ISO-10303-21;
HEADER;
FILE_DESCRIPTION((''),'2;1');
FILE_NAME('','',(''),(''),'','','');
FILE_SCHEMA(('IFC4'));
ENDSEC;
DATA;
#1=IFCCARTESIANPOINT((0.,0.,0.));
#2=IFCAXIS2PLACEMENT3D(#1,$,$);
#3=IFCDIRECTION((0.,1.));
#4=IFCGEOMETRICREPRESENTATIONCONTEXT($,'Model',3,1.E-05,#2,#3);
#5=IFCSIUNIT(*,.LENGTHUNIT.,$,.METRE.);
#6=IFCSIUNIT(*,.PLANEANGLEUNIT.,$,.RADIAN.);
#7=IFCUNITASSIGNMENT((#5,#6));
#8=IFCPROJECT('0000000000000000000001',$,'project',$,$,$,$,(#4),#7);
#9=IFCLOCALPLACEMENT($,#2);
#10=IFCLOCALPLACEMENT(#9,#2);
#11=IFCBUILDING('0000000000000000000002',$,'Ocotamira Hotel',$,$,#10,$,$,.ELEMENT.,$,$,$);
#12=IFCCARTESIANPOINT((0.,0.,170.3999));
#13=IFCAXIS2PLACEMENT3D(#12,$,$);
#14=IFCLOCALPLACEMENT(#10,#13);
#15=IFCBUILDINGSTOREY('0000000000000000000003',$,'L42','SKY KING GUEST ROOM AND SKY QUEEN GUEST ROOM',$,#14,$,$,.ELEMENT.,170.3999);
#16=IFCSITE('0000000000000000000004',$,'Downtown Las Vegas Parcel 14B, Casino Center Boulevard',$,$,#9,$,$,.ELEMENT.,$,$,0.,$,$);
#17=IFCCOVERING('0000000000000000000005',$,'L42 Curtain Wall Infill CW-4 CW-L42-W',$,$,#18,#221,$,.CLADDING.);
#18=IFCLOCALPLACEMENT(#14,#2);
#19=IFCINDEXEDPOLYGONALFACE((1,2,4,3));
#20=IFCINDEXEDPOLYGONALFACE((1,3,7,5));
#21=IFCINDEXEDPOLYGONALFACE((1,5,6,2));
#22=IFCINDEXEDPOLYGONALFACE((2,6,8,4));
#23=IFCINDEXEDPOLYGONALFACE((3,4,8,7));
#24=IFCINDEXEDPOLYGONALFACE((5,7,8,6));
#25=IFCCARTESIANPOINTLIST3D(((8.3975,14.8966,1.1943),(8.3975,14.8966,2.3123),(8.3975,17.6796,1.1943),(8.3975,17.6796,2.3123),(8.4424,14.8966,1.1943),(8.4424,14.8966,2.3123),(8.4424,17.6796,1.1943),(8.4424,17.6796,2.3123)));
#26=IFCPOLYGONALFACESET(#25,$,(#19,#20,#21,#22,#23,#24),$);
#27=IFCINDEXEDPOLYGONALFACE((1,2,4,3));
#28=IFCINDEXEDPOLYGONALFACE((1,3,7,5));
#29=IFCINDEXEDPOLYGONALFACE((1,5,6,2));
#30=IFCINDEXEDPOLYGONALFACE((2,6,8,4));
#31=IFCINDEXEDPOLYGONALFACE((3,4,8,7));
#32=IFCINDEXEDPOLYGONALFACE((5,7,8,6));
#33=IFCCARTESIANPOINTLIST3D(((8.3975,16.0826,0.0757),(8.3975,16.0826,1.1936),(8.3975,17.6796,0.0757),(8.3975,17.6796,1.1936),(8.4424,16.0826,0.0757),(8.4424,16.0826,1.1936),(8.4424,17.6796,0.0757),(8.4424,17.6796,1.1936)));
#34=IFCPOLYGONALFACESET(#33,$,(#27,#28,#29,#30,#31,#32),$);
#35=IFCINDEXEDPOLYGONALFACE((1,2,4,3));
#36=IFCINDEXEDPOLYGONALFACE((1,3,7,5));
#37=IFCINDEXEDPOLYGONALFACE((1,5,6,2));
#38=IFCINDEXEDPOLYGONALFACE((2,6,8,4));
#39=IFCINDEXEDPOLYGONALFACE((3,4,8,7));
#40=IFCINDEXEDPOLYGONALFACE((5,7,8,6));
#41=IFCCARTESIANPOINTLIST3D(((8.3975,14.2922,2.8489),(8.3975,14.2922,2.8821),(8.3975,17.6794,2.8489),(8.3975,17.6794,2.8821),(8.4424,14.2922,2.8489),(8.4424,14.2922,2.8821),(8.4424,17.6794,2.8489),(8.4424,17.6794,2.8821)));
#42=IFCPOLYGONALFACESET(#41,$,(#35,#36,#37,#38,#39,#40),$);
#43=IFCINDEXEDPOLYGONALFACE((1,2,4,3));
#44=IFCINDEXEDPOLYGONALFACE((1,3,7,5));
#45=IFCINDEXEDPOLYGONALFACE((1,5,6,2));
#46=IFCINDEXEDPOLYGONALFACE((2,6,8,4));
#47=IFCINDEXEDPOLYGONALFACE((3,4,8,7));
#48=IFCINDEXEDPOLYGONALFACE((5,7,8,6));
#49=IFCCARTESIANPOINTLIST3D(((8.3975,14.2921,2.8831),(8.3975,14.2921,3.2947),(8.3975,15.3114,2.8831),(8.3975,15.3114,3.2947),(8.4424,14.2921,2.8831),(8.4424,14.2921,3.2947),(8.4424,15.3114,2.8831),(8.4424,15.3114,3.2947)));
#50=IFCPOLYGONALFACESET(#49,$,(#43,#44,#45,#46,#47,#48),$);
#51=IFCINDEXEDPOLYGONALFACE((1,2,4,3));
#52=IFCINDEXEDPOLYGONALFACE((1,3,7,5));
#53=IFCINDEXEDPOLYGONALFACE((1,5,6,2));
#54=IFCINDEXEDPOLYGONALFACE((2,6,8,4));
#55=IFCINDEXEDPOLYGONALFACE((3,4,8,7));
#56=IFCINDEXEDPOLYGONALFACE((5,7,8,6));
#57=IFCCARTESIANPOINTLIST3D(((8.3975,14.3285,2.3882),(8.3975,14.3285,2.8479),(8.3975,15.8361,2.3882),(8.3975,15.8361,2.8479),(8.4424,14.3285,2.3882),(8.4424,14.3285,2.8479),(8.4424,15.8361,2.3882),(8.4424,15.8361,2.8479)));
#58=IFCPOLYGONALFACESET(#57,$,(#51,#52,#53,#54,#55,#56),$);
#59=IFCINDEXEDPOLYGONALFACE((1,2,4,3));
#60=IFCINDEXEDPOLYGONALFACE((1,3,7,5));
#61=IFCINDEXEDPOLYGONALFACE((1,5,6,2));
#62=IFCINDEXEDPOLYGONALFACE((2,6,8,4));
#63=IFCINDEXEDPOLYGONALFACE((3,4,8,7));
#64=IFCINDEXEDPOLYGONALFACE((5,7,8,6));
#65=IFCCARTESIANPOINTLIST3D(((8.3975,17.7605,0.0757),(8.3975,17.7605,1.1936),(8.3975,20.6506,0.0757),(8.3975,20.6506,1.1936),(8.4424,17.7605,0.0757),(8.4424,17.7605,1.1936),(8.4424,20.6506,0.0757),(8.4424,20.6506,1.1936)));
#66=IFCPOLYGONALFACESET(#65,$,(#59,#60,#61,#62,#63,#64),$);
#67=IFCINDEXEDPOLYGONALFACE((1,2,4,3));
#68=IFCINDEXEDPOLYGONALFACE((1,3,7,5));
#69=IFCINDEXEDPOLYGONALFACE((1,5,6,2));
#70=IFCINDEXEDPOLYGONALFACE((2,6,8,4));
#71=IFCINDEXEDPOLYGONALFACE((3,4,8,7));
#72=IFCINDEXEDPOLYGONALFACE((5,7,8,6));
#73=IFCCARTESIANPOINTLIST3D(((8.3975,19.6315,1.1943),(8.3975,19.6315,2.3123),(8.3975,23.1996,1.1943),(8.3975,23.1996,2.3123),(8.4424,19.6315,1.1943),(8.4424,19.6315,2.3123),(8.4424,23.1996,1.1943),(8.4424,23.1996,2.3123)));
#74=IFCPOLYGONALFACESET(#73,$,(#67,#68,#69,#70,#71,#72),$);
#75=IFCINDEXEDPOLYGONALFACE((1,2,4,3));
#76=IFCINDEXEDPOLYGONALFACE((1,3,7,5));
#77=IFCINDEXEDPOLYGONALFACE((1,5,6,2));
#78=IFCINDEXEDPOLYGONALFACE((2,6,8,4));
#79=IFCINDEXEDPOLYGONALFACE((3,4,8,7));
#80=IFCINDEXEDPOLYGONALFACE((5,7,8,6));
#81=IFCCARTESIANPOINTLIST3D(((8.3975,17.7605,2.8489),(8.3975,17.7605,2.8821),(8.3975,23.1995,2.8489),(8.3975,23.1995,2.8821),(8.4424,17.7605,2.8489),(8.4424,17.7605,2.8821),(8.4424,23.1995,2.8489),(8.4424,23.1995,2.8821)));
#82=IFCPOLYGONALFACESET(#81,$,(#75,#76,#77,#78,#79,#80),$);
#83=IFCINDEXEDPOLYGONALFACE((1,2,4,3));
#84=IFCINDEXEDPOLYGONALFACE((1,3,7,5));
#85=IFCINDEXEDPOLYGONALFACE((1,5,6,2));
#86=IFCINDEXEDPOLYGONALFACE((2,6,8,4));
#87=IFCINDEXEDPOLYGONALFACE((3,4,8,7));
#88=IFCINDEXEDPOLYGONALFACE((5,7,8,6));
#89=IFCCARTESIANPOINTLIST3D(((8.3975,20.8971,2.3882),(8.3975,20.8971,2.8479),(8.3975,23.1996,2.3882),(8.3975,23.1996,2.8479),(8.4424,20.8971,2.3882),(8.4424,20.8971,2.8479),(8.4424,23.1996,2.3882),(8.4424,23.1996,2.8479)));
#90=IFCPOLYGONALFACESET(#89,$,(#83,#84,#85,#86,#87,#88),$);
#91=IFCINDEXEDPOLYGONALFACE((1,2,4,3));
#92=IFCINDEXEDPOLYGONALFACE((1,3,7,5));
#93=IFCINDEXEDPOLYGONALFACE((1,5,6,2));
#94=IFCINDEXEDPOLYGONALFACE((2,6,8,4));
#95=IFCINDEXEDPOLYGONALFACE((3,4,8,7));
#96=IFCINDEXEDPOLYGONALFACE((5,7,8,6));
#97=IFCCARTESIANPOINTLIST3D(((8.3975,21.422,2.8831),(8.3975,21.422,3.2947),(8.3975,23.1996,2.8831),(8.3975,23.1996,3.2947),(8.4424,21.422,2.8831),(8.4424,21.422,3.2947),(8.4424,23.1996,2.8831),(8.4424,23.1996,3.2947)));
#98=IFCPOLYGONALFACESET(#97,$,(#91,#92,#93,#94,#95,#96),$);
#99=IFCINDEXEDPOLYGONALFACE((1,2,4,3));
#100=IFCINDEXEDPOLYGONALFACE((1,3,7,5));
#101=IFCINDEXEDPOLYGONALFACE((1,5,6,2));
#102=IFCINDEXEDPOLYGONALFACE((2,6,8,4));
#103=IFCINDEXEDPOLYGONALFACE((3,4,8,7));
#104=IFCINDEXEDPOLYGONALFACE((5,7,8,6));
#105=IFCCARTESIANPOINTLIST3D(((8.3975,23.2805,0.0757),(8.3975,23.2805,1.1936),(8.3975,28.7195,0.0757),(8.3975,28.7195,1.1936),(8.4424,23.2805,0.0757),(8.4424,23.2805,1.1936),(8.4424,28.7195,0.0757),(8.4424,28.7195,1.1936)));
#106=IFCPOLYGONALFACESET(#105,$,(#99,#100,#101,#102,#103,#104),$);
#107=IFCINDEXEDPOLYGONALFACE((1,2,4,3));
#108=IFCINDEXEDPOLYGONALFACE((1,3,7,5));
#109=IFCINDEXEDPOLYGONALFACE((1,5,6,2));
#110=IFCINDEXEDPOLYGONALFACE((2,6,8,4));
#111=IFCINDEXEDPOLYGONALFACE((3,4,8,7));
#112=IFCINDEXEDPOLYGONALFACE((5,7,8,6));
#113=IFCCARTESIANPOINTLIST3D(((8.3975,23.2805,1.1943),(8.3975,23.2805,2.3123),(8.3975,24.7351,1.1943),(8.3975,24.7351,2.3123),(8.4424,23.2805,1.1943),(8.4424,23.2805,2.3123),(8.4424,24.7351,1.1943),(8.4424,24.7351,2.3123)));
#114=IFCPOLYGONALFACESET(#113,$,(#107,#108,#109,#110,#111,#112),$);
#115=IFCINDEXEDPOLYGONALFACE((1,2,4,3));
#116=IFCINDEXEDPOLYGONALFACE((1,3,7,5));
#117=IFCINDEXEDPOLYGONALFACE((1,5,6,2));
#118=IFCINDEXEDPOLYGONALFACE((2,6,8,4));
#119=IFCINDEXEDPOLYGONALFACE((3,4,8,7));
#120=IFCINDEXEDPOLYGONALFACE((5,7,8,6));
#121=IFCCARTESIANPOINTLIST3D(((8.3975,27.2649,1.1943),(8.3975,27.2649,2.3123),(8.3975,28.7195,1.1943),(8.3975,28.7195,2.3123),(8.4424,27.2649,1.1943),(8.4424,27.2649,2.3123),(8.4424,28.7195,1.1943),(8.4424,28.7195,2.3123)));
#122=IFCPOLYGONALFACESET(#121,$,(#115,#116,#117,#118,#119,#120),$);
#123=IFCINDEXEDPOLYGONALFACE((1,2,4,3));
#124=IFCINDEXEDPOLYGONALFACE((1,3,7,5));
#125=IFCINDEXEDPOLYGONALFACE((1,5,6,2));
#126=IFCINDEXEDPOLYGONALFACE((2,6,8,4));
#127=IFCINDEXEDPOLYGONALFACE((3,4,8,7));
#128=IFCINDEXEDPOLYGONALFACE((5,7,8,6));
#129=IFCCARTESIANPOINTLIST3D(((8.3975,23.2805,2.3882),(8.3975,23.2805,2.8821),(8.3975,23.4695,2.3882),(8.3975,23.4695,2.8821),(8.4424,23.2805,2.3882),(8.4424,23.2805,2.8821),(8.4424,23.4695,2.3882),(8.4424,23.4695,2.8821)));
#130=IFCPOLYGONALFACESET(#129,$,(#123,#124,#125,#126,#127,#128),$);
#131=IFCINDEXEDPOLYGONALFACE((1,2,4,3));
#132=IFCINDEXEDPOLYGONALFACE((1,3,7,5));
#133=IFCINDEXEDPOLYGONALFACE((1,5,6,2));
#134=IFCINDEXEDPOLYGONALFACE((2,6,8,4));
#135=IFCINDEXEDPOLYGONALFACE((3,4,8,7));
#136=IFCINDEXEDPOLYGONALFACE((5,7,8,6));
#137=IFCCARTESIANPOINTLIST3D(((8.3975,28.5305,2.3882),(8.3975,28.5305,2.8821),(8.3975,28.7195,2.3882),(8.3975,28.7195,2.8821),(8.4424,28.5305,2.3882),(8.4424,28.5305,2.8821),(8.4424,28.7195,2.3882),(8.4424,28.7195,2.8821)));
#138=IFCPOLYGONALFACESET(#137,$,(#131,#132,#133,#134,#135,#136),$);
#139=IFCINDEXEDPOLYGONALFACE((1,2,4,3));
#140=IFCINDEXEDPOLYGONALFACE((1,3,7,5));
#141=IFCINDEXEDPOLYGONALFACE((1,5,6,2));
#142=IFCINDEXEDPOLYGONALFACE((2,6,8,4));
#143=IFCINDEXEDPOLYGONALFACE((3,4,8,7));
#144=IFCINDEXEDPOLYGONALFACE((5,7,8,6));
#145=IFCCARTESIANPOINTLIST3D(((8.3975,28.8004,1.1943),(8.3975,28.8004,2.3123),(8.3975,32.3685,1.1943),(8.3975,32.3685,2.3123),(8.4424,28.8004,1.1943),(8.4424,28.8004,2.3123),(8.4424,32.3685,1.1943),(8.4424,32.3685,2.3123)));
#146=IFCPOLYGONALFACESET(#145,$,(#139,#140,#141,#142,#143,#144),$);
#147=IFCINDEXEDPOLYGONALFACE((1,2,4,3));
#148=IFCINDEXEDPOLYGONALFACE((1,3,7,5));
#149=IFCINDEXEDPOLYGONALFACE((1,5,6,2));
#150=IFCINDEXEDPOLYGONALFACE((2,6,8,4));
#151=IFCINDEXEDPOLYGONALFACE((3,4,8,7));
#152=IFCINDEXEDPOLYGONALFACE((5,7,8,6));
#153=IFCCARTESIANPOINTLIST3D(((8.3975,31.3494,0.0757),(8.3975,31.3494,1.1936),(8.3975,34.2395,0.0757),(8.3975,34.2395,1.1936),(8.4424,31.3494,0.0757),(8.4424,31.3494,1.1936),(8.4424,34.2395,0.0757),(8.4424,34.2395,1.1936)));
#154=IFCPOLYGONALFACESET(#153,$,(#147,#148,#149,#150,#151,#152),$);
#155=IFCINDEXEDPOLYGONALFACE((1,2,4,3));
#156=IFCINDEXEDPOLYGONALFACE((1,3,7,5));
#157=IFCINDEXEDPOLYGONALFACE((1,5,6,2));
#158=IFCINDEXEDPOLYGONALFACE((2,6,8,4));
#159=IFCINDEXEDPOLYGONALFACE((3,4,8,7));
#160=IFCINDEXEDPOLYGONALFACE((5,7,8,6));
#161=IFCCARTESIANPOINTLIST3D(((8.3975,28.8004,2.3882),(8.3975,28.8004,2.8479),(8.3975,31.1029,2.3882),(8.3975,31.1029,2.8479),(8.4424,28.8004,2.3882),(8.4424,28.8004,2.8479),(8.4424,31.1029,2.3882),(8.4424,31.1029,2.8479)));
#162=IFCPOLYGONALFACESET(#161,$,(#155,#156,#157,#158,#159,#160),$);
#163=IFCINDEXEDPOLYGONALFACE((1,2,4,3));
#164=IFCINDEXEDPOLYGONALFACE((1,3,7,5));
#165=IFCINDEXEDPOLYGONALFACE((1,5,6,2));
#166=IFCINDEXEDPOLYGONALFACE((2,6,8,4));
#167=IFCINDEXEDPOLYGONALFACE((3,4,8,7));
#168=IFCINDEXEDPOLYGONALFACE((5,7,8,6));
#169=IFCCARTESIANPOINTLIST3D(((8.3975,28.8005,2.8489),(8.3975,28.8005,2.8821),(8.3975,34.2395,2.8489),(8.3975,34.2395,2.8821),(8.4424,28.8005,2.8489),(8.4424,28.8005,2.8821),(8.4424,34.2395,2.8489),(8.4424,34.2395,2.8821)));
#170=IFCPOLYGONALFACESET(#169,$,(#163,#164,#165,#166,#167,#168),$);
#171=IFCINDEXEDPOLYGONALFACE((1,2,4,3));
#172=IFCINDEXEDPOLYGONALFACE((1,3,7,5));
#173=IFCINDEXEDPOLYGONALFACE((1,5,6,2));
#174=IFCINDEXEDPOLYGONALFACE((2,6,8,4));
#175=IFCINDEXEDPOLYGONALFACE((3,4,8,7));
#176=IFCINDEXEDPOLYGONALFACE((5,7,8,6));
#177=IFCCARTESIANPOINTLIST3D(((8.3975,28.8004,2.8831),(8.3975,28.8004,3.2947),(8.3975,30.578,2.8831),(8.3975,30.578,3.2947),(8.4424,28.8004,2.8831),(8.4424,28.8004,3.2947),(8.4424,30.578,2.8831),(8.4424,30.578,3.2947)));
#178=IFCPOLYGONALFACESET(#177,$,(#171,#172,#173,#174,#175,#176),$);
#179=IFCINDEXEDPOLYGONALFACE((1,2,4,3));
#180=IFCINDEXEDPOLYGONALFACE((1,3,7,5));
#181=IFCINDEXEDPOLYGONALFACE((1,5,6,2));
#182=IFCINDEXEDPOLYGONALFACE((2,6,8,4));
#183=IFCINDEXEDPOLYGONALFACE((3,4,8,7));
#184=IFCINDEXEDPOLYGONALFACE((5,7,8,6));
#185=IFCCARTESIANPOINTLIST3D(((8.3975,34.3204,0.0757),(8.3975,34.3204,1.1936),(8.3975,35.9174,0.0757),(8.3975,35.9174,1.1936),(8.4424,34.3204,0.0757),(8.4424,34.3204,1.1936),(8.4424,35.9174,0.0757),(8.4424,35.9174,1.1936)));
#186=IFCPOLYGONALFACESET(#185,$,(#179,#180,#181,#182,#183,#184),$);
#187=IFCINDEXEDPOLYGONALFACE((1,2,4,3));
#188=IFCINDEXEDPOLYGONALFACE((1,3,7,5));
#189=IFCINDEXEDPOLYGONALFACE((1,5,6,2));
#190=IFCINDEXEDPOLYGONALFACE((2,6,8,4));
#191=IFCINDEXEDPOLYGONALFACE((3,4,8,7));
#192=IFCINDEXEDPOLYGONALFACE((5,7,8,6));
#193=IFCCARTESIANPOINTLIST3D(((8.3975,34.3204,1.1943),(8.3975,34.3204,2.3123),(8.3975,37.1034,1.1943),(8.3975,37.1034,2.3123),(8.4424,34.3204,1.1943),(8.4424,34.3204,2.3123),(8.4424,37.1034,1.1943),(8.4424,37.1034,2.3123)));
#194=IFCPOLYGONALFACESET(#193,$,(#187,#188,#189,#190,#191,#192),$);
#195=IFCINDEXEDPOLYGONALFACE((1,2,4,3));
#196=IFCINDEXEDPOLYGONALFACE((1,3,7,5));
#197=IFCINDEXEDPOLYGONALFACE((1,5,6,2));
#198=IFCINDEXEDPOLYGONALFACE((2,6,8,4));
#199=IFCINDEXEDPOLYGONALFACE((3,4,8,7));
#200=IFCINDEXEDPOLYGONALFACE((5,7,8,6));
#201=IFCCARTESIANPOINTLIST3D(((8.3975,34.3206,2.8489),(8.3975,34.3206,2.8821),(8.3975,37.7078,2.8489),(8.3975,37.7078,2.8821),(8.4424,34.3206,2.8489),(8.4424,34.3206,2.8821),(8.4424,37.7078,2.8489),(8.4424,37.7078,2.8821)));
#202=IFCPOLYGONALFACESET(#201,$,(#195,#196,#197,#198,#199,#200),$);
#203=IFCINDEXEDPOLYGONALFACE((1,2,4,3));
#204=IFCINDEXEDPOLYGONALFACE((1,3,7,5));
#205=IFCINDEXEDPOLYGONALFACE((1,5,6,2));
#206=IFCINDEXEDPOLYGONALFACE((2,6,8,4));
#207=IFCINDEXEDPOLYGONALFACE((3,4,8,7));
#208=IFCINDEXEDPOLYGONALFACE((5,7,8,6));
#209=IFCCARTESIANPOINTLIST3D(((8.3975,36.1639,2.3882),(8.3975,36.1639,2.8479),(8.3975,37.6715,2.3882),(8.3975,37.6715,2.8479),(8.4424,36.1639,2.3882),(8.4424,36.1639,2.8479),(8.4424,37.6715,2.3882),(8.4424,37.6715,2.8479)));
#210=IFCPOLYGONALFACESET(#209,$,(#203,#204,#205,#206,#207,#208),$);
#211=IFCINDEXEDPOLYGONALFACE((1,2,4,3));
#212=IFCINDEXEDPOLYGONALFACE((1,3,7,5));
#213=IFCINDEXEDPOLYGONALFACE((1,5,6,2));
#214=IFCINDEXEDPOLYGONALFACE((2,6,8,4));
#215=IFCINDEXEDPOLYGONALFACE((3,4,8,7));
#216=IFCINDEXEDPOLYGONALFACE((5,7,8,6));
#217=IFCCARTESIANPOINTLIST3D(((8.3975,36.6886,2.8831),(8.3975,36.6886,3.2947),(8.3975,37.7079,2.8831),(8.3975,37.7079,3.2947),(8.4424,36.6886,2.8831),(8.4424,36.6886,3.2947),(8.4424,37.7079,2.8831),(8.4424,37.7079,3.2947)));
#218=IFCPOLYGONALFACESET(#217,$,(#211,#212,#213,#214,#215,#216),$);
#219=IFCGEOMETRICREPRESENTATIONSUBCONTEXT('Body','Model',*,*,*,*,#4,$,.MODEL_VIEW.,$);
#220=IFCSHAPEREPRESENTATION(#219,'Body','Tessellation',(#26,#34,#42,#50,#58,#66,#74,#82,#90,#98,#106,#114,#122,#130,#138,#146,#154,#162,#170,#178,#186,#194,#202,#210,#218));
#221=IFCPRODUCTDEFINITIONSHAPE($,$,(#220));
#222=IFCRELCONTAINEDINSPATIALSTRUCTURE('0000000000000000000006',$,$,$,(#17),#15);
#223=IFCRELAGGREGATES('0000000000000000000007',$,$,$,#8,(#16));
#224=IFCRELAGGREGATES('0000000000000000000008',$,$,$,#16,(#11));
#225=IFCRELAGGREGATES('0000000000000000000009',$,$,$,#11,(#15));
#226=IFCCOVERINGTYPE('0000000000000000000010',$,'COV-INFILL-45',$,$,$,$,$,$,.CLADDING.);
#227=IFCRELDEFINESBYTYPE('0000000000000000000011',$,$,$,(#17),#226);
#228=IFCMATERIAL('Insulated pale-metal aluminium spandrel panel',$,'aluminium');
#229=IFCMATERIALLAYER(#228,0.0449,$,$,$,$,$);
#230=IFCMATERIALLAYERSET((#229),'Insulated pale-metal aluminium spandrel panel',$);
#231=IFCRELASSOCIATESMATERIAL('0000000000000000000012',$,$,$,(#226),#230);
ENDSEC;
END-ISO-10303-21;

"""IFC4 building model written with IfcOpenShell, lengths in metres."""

from ifc_helpers import new_model, si_unit, direction, frame, origin, origin_2d, place, context, subcontext, project, spatial, rectangle, extrude, material, layer, layer_set, type_object, element, save


model = new_model("IFC4")

# Units and contexts
model_context = context("Model", 3, precision=1e-05, world=origin(), true_north=direction((0.0, 1.0)))
body_context = subcontext(model_context, "Body", "Model", "MODEL_VIEW")
ifc_project = project(units=[si_unit("LENGTHUNIT", "METRE"), si_unit("PLANEANGLEUNIT", "RADIAN")], contexts=[model_context])

# Site, building, storey
site_placement = place(None, origin())
site = spatial("IfcSite", under=ifc_project, at=site_placement, Name="Downtown Las Vegas Parcel 14B, Casino Center Boulevard", CompositionType="ELEMENT", RefElevation=0.0)
building_placement = place(site_placement, origin())
building = spatial("IfcBuilding", under=site, at=building_placement, Name="Ocotamira Hotel", CompositionType="ELEMENT")
storey_placement = place(building_placement, frame((0.0, 0.0, 170.3999)))
storey = spatial("IfcBuildingStorey", under=building, at=storey_placement, Name="L42", Description="SKY KING GUEST ROOM AND SKY QUEEN GUEST ROOM", CompositionType="ELEMENT", Elevation=170.3999)

# Covering
ifc_material_1 = material(Name="Insulated pale-metal aluminium spandrel panel", Category="aluminium")
ifc_layer_1 = layer(ifc_material_1, 0.0449)
ifc_layer_set_1 = layer_set([ifc_layer_1], Name="Insulated pale-metal aluminium spandrel panel")
covering_type_1 = type_object("IfcCoveringType", Name="COV-INFILL-45", PredefinedType="CLADDING", material=ifc_layer_set_1)
covering_1_placement = place(storey_placement, origin())
element("IfcCovering", 1, at=covering_1_placement, inside=storey, type_object=covering_type_1, Name="L42 Curtain Wall Infill CW-4 CW-L42-W", PredefinedType="CLADDING", context=body_context, shape_type="SweptSolid", body=[
    extrude(rectangle(XDim=2.783, YDim=0.0449, at=origin_2d()), frame((8.4199, 16.2881, 1.1943), z_axis=(0.0, 0.0, 1.0), x_axis=(0.0, 1.0, 0.0)), (0.0, 0.0, 1.0), 1.1179),
    extrude(rectangle(XDim=1.5969, YDim=0.0449, at=origin_2d()), frame((8.4199, 16.8811, 0.0757), z_axis=(0.0, 0.0, 1.0), x_axis=(0.0, 1.0, 0.0)), (0.0, 0.0, 1.0), 1.1179),
    extrude(rectangle(XDim=3.3872, YDim=0.0449, at=origin_2d()), frame((8.4199, 15.9858, 2.8489), z_axis=(0.0, 0.0, 1.0), x_axis=(0.0, 1.0, 0.0)), (0.0, 0.0, 1.0), 0.0332),
    extrude(rectangle(XDim=1.0193, YDim=0.0449, at=origin_2d()), frame((8.4199, 14.8018, 2.8831), z_axis=(0.0, 0.0, 1.0), x_axis=(0.0, 1.0, 0.0)), (0.0, 0.0, 1.0), 0.4116),
    extrude(rectangle(XDim=1.5076, YDim=0.0449, at=origin_2d()), frame((8.4199, 15.0823, 2.3882), z_axis=(0.0, 0.0, 1.0), x_axis=(0.0, 1.0, 0.0)), (0.0, 0.0, 1.0), 0.4597),
    extrude(rectangle(XDim=2.8901, YDim=0.0449, at=origin_2d()), frame((8.4199, 19.2056, 0.0757), z_axis=(0.0, 0.0, 1.0), x_axis=(0.0, 1.0, 0.0)), (0.0, 0.0, 1.0), 1.1179),
    extrude(rectangle(XDim=3.5681, YDim=0.0449, at=origin_2d()), frame((8.4199, 21.4155, 1.1943), z_axis=(0.0, 0.0, 1.0), x_axis=(0.0, 1.0, 0.0)), (0.0, 0.0, 1.0), 1.1179),
    extrude(rectangle(XDim=5.439, YDim=0.0449, at=origin_2d()), frame((8.4199, 20.48, 2.8489), z_axis=(0.0, 0.0, 1.0), x_axis=(0.0, 1.0, 0.0)), (0.0, 0.0, 1.0), 0.0332),
    extrude(rectangle(XDim=2.3025, YDim=0.0449, at=origin_2d()), frame((8.4199, 22.0483, 2.3882), z_axis=(0.0, 0.0, 1.0), x_axis=(0.0, 1.0, 0.0)), (0.0, 0.0, 1.0), 0.4597),
    extrude(rectangle(XDim=1.7776, YDim=0.0449, at=origin_2d()), frame((8.4199, 22.3108, 2.8831), z_axis=(0.0, 0.0, 1.0), x_axis=(0.0, 1.0, 0.0)), (0.0, 0.0, 1.0), 0.4116),
    extrude(rectangle(XDim=5.439, YDim=0.0449, at=origin_2d()), frame((8.4199, 26.0, 0.0757), z_axis=(0.0, 0.0, 1.0), x_axis=(0.0, 1.0, 0.0)), (0.0, 0.0, 1.0), 1.1179),
    extrude(rectangle(XDim=1.4546, YDim=0.0449, at=origin_2d()), frame((8.4199, 24.0078, 1.1943), z_axis=(0.0, 0.0, 1.0), x_axis=(0.0, 1.0, 0.0)), (0.0, 0.0, 1.0), 1.1179),
    extrude(rectangle(XDim=1.4546, YDim=0.0449, at=origin_2d()), frame((8.4199, 27.9922, 1.1943), z_axis=(0.0, 0.0, 1.0), x_axis=(0.0, 1.0, 0.0)), (0.0, 0.0, 1.0), 1.1179),
    extrude(rectangle(XDim=0.189, YDim=0.0449, at=origin_2d()), frame((8.4199, 23.375, 2.3882), z_axis=(0.0, 0.0, 1.0), x_axis=(0.0, 1.0, 0.0)), (0.0, 0.0, 1.0), 0.4939),
    extrude(rectangle(XDim=0.189, YDim=0.0449, at=origin_2d()), frame((8.4199, 28.625, 2.3882), z_axis=(0.0, 0.0, 1.0), x_axis=(0.0, 1.0, 0.0)), (0.0, 0.0, 1.0), 0.4939),
    extrude(rectangle(XDim=3.5681, YDim=0.0449, at=origin_2d()), frame((8.4199, 30.5845, 1.1943), z_axis=(0.0, 0.0, 1.0), x_axis=(0.0, 1.0, 0.0)), (0.0, 0.0, 1.0), 1.1179),
    extrude(rectangle(XDim=2.8901, YDim=0.0449, at=origin_2d()), frame((8.4199, 32.7944, 0.0757), z_axis=(0.0, 0.0, 1.0), x_axis=(0.0, 1.0, 0.0)), (0.0, 0.0, 1.0), 1.1179),
    extrude(rectangle(XDim=2.3025, YDim=0.0449, at=origin_2d()), frame((8.4199, 29.9517, 2.3882), z_axis=(0.0, 0.0, 1.0), x_axis=(0.0, 1.0, 0.0)), (0.0, 0.0, 1.0), 0.4597),
    extrude(rectangle(XDim=5.439, YDim=0.0449, at=origin_2d()), frame((8.4199, 31.52, 2.8489), z_axis=(0.0, 0.0, 1.0), x_axis=(0.0, 1.0, 0.0)), (0.0, 0.0, 1.0), 0.0332),
    extrude(rectangle(XDim=1.7776, YDim=0.0449, at=origin_2d()), frame((8.4199, 29.6892, 2.8831), z_axis=(0.0, 0.0, 1.0), x_axis=(0.0, 1.0, 0.0)), (0.0, 0.0, 1.0), 0.4116),
    extrude(rectangle(XDim=1.5969, YDim=0.0449, at=origin_2d()), frame((8.4199, 35.1189, 0.0757), z_axis=(0.0, 0.0, 1.0), x_axis=(0.0, 1.0, 0.0)), (0.0, 0.0, 1.0), 1.1179),
    extrude(rectangle(XDim=2.783, YDim=0.0449, at=origin_2d()), frame((8.4199, 35.7119, 1.1943), z_axis=(0.0, 0.0, 1.0), x_axis=(0.0, 1.0, 0.0)), (0.0, 0.0, 1.0), 1.1179),
    extrude(rectangle(XDim=3.3872, YDim=0.0449, at=origin_2d()), frame((8.4199, 36.0142, 2.8489), z_axis=(0.0, 0.0, 1.0), x_axis=(0.0, 1.0, 0.0)), (0.0, 0.0, 1.0), 0.0332),
    extrude(rectangle(XDim=1.5076, YDim=0.0449, at=origin_2d()), frame((8.4199, 36.9177, 2.3882), z_axis=(0.0, 0.0, 1.0), x_axis=(0.0, 1.0, 0.0)), (0.0, 0.0, 1.0), 0.4597),
    extrude(rectangle(XDim=1.0193, YDim=0.0449, at=origin_2d()), frame((8.4199, 37.1982, 2.8831), z_axis=(0.0, 0.0, 1.0), x_axis=(0.0, 1.0, 0.0)), (0.0, 0.0, 1.0), 0.4116),
])

save(model, "model.ifc")
